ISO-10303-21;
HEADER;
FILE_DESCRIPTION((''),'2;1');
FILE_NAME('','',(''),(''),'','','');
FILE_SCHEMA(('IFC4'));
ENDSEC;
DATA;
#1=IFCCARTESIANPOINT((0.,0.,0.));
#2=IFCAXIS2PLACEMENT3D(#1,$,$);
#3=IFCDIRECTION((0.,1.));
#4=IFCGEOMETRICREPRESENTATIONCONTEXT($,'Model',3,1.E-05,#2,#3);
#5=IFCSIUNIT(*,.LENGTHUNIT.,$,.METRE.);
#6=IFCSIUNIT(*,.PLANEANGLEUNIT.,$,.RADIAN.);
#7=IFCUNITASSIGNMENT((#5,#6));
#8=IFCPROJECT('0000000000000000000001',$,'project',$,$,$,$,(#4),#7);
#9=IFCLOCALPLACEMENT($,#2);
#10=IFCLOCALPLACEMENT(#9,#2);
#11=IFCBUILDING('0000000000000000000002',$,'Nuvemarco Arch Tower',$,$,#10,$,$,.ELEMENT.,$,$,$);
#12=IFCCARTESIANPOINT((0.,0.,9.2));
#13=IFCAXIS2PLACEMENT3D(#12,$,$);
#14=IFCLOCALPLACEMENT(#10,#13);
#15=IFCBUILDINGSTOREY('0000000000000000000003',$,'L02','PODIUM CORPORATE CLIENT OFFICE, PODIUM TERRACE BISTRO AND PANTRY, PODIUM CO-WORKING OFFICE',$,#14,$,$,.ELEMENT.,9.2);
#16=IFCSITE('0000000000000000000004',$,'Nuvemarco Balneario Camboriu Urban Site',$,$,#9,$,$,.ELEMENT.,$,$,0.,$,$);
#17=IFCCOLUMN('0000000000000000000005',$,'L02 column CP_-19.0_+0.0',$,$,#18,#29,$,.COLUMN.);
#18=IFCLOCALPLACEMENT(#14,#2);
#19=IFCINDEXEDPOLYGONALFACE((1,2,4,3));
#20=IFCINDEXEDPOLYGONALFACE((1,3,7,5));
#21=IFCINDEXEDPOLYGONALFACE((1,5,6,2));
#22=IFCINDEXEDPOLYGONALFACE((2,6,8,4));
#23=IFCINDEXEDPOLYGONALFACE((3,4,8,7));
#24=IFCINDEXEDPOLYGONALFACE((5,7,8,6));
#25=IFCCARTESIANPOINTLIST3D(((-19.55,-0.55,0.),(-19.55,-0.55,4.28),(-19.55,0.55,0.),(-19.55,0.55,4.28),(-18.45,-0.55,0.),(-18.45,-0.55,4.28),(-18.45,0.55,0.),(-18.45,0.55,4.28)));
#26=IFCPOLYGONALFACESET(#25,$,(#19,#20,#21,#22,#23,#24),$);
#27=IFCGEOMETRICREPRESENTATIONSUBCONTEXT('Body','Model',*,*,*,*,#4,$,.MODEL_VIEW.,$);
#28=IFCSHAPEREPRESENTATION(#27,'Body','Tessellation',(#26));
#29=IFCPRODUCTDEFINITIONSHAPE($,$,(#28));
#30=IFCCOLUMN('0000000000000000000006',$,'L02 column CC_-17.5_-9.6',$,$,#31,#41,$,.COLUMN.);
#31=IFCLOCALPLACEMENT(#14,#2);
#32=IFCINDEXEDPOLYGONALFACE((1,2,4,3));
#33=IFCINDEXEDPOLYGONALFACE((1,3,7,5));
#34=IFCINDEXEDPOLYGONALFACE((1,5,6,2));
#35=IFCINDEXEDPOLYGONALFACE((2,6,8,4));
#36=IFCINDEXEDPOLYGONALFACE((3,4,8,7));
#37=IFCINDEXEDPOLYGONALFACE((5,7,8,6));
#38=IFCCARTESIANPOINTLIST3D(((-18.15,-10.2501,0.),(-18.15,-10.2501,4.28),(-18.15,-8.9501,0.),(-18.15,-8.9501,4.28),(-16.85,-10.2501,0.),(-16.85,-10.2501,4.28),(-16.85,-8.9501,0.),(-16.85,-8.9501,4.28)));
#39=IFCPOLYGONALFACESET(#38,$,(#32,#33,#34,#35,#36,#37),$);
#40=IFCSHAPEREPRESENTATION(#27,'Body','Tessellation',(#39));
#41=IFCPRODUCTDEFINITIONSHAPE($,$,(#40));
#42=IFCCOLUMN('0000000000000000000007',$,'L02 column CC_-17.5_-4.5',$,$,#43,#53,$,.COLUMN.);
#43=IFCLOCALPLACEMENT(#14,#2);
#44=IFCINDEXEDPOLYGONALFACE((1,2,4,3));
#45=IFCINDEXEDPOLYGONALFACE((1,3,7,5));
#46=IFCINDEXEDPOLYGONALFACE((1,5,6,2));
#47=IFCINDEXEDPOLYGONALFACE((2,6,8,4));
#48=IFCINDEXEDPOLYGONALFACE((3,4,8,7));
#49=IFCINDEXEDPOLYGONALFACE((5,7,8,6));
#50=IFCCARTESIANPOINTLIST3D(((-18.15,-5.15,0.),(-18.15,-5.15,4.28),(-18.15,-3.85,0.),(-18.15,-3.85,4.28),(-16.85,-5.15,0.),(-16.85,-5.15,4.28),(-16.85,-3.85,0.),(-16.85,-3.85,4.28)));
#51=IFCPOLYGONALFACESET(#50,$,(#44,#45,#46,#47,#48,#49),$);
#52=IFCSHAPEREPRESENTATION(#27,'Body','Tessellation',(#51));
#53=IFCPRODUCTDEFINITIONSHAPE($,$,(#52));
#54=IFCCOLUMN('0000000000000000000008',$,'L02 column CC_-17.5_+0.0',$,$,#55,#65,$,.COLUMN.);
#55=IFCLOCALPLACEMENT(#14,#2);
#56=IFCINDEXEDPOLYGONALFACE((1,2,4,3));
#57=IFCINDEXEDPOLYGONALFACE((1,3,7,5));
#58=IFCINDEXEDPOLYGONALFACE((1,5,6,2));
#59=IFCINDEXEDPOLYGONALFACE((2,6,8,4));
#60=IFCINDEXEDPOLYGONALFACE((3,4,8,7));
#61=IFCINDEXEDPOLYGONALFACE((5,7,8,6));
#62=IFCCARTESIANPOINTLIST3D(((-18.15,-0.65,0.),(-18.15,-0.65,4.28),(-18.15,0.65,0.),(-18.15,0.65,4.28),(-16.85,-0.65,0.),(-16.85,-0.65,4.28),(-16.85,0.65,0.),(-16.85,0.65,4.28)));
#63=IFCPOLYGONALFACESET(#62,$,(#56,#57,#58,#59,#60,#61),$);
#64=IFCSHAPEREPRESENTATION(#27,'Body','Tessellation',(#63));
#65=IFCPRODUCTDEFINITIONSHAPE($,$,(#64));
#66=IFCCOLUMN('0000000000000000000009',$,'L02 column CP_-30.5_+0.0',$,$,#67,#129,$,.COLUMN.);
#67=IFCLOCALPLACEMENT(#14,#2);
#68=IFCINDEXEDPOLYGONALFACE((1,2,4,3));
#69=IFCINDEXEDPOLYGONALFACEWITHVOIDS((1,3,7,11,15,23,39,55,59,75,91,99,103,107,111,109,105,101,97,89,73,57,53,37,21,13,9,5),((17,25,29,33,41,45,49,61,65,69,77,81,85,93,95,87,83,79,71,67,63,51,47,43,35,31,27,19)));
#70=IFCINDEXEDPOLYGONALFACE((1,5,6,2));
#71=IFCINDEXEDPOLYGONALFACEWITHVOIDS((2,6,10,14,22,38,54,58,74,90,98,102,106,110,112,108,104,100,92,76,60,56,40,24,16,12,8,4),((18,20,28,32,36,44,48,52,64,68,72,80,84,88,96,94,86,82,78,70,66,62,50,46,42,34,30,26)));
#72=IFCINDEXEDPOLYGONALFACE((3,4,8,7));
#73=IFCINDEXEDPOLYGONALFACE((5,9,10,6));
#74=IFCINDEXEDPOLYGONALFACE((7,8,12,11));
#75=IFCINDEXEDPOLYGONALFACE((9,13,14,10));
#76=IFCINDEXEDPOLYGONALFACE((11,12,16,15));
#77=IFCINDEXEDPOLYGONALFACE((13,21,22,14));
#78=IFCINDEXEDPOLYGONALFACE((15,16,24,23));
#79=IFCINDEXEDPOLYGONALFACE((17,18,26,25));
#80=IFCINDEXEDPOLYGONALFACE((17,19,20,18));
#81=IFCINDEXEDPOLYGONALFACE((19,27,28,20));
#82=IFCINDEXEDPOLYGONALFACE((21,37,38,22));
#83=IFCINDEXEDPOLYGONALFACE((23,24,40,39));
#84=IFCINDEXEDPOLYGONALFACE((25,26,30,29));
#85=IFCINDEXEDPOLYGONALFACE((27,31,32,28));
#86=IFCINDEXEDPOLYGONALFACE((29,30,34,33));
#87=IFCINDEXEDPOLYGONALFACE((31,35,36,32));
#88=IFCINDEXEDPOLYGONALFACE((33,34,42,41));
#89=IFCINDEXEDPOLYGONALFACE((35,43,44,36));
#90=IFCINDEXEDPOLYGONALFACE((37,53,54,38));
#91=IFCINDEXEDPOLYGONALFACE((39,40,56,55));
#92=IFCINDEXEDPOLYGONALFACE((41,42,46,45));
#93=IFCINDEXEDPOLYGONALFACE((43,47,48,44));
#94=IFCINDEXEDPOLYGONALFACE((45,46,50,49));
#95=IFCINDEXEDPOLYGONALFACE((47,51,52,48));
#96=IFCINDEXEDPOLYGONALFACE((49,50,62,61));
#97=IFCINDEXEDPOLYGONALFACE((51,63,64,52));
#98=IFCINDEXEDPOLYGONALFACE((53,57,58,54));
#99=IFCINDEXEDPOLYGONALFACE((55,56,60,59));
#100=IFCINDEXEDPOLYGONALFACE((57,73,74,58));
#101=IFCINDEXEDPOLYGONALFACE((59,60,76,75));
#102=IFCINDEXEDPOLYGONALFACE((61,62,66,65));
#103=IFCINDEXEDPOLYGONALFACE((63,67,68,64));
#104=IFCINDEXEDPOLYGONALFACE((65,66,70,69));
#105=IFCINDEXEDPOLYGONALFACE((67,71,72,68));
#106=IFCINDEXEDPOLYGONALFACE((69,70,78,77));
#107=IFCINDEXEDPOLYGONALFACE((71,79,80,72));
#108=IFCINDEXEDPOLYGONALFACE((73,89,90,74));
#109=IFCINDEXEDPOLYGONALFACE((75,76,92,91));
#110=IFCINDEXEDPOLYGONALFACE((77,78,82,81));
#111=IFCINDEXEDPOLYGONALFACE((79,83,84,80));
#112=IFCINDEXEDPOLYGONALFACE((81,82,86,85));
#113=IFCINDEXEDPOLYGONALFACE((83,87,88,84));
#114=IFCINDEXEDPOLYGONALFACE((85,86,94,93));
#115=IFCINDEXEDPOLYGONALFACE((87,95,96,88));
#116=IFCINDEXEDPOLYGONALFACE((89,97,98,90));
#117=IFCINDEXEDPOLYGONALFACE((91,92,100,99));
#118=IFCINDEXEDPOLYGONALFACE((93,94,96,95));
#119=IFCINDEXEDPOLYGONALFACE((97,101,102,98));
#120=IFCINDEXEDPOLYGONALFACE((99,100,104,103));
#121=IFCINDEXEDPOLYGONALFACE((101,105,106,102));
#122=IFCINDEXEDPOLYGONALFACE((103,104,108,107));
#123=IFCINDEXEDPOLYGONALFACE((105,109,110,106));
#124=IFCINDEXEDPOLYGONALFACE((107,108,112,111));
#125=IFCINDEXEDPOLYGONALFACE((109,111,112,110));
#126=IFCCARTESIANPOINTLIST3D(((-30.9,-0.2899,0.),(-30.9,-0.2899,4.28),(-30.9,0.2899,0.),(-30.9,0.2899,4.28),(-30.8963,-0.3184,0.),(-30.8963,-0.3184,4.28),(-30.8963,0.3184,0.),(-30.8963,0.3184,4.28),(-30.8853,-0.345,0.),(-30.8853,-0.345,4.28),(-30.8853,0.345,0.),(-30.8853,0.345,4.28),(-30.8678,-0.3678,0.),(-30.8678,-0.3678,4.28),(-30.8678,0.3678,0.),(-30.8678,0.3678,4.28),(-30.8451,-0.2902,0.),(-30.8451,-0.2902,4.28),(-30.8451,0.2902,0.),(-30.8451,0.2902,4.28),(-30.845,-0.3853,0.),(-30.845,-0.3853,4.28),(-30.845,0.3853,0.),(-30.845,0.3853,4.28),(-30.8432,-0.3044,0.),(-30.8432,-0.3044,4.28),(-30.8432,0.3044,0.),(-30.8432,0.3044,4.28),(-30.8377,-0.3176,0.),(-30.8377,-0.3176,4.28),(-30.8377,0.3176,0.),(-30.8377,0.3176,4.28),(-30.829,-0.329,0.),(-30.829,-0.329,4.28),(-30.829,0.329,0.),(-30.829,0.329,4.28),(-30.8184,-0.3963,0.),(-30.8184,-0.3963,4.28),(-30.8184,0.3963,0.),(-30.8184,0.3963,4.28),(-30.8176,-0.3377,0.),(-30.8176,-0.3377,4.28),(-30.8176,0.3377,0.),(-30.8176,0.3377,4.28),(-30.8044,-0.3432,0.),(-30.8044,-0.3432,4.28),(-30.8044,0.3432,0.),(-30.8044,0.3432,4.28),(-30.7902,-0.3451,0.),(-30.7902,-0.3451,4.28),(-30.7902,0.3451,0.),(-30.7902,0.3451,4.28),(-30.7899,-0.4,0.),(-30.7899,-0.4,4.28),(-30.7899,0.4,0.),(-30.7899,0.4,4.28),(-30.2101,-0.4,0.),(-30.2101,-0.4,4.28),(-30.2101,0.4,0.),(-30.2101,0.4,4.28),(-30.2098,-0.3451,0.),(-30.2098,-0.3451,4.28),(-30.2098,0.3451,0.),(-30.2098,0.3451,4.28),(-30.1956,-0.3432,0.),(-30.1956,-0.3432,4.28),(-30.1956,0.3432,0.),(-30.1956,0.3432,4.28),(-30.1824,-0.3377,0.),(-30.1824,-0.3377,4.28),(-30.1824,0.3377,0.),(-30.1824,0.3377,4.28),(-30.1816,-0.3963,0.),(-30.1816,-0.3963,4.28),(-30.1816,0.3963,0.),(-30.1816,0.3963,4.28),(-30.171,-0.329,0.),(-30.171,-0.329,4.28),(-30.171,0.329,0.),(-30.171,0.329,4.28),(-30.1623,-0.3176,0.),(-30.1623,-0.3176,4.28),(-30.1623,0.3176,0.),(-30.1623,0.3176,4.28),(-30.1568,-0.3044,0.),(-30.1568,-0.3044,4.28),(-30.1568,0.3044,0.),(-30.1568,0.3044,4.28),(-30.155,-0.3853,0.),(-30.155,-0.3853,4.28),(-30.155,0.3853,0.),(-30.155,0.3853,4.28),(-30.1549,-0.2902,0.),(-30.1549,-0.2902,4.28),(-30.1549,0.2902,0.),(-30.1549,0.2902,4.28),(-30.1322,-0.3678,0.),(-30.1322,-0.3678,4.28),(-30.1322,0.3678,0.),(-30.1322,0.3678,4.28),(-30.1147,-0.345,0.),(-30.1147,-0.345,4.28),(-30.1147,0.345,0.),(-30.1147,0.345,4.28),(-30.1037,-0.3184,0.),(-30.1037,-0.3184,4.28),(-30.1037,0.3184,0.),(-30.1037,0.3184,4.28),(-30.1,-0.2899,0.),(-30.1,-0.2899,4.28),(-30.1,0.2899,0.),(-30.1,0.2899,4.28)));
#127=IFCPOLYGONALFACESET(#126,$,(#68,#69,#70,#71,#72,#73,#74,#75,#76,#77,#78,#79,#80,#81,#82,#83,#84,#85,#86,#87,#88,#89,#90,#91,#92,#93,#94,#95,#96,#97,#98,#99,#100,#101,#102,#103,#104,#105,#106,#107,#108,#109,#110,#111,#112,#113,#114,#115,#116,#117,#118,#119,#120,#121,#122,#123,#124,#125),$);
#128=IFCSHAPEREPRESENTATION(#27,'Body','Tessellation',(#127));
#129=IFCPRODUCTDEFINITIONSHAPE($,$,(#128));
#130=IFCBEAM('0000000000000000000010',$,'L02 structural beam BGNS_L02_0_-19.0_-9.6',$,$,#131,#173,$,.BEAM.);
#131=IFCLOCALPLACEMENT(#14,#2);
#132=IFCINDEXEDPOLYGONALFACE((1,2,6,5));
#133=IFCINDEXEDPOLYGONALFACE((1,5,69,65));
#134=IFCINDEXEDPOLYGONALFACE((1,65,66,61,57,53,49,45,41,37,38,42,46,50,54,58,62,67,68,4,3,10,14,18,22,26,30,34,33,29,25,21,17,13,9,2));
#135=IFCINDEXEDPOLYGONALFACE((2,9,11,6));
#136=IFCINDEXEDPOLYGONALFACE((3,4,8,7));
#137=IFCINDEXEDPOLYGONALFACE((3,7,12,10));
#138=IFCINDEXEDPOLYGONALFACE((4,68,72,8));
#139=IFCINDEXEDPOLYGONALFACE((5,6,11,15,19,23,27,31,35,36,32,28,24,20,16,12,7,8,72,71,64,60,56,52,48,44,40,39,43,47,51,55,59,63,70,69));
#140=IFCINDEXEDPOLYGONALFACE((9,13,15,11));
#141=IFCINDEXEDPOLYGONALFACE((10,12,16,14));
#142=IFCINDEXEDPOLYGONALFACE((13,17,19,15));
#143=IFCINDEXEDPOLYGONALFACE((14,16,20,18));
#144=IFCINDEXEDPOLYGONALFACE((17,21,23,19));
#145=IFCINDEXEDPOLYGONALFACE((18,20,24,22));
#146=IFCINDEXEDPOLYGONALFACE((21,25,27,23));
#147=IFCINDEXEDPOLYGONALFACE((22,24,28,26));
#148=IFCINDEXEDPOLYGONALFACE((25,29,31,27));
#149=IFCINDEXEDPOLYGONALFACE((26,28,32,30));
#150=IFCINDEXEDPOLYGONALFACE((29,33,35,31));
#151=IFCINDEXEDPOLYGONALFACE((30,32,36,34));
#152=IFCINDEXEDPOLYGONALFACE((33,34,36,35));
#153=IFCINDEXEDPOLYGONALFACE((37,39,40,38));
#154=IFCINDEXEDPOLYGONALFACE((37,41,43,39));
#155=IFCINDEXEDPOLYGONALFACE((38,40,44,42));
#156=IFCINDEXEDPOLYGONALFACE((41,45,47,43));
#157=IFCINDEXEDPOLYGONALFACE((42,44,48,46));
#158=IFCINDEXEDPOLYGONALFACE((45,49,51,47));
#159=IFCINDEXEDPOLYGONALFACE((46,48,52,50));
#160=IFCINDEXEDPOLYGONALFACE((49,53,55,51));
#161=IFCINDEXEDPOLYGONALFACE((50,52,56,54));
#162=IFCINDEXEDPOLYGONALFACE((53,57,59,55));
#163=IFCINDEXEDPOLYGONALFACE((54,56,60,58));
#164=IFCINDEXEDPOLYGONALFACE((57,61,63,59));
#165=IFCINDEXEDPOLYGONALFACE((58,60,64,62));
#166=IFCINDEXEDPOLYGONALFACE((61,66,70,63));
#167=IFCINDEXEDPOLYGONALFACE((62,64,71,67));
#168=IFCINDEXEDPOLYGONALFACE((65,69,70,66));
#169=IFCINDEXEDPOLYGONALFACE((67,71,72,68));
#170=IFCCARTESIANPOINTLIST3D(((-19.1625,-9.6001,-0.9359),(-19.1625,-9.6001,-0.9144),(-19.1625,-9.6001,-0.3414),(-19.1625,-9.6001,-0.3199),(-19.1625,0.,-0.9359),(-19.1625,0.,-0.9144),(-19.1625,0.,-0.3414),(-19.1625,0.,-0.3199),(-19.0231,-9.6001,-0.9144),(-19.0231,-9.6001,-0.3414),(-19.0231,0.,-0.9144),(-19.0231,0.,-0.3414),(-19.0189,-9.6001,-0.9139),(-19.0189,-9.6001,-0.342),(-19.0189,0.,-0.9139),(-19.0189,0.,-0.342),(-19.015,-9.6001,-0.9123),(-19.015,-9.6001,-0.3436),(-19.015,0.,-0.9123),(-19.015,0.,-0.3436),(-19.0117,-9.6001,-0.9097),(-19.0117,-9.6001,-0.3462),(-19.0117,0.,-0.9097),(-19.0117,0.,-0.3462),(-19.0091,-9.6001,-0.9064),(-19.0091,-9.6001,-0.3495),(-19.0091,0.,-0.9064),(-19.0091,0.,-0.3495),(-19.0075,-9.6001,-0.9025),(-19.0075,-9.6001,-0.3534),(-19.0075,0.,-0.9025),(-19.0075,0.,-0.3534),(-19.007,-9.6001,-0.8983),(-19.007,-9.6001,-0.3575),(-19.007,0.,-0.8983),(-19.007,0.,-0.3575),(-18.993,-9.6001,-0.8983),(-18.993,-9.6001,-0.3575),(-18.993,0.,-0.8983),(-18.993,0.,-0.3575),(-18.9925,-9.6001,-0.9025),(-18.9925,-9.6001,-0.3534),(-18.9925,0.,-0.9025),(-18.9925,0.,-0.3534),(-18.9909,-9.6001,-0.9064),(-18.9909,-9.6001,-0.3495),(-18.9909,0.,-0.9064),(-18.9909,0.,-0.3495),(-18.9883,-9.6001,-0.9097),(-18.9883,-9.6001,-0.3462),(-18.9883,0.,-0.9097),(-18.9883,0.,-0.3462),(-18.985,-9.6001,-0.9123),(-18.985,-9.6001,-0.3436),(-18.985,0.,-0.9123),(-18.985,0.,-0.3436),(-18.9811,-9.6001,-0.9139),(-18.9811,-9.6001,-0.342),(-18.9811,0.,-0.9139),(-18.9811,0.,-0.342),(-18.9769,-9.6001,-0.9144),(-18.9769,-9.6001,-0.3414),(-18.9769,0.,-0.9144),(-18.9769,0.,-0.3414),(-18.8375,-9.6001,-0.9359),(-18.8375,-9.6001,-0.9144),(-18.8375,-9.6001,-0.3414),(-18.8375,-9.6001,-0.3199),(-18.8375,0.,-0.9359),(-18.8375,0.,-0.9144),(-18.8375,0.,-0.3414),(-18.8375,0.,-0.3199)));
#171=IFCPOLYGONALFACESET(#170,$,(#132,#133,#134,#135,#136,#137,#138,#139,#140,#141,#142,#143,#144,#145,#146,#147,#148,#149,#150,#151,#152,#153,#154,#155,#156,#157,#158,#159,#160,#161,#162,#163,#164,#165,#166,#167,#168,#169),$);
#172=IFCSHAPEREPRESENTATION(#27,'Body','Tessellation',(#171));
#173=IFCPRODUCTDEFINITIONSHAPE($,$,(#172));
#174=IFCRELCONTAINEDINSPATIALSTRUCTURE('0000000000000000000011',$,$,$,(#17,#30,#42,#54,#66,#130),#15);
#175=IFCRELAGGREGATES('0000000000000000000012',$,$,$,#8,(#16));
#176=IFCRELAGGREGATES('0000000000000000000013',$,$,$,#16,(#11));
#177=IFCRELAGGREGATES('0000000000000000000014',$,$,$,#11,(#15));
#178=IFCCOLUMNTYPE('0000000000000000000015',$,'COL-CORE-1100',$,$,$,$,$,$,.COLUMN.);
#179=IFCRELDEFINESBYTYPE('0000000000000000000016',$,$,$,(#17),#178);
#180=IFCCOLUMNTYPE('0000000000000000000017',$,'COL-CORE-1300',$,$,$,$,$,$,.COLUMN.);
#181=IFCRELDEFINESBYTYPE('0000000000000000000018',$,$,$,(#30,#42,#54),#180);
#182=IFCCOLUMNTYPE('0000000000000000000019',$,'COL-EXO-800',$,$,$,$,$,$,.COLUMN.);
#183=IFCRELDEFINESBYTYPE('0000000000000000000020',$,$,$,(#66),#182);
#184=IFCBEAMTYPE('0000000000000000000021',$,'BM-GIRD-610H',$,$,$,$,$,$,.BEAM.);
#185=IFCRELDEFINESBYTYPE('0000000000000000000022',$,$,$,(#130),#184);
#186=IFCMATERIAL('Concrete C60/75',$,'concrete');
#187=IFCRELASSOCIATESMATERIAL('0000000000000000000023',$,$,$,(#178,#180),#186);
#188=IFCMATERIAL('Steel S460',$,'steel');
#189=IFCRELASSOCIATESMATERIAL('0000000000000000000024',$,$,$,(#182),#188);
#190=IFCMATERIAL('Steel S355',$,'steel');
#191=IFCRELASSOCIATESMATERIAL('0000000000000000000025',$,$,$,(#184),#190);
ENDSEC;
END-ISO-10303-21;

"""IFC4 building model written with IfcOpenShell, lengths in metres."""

from ifc_helpers import new_model, si_unit, direction, frame, origin, origin_2d, place, context, subcontext, project, spatial, rectangle, hollow_rectangle, i_section, extrude, material, material_profile, profile_set, type_object, element, save


model = new_model("IFC4")

# Units and contexts
model_context = context("Model", 3, precision=1e-05, world=origin(), true_north=direction((0.0, 1.0)))
body_context = subcontext(model_context, "Body", "Model", "MODEL_VIEW")
ifc_project = project(units=[si_unit("LENGTHUNIT", "METRE"), si_unit("PLANEANGLEUNIT", "RADIAN")], contexts=[model_context])

# Site, building, storey
site_placement = place(None, origin())
site = spatial("IfcSite", under=ifc_project, at=site_placement, Name="Nuvemarco Balneario Camboriu Urban Site", CompositionType="ELEMENT", RefElevation=0.0)
building_placement = place(site_placement, origin())
building = spatial("IfcBuilding", under=site, at=building_placement, Name="Nuvemarco Arch Tower", CompositionType="ELEMENT")
storey_placement = place(building_placement, frame((0.0, 0.0, 9.2)))
storey = spatial("IfcBuildingStorey", under=building, at=storey_placement, Name="L02", Description="PODIUM CORPORATE CLIENT OFFICE, PODIUM TERRACE BISTRO AND PANTRY, PODIUM CO-WORKING OFFICE", CompositionType="ELEMENT", Elevation=9.2)

# Columns
ifc_material_1 = material(Name="Concrete C60/75", Category="concrete")
ifc_material_profile_1 = material_profile(ifc_material_1, rectangle(XDim=1.1001, YDim=1.1001, at=origin_2d()), Name="RC-COL-1100x1100")
ifc_profile_set_1 = profile_set([ifc_material_profile_1], Name="Concrete C60/75")
column_type_1 = type_object("IfcColumnType", Name="COL-CORE-1100", PredefinedType="COLUMN", material=ifc_profile_set_1)
column_1_placement = place(storey_placement, frame((-19.0, 0.0, 0.0), z_axis=(0.0, 0.0, 1.0), x_axis=(1.0, 0.0, 0.0)))
element("IfcColumn", 1, at=column_1_placement, inside=storey, type_object=column_type_1, Name="L02 column CP_-19.0_+0.0", PredefinedType="COLUMN", context=body_context, shape_type="SweptSolid", body=[
    extrude(rectangle(XDim=1.1001, YDim=1.1001, at=origin_2d()), origin(), (0.0, 0.0, 1.0), 4.28),
])
ifc_material_profile_2 = material_profile(ifc_material_1, rectangle(XDim=1.3, YDim=1.3, at=origin_2d()), Name="RC-COL-1300x1300")
ifc_profile_set_2 = profile_set([ifc_material_profile_2], Name="Concrete C60/75")
column_type_2 = type_object("IfcColumnType", Name="COL-CORE-1300", PredefinedType="COLUMN", material=ifc_profile_set_2)
for number, where, z_axis, x_axis, name in (
    (2, (-17.5, -9.6001, 0.0), (0.0, 0.0, 1.0), (1.0, 0.0, 0.0), "L02 column CC_-17.5_-9.6"),
    (3, (-17.5, -4.5, 0.0), (0.0, 0.0, 1.0), (1.0, 0.0, 0.0), "L02 column CC_-17.5_-4.5"),
    (4, (-17.5, 0.0, 0.0), (0.0, 0.0, 1.0), (1.0, 0.0, 0.0), "L02 column CC_-17.5_+0.0"),
):
    element("IfcColumn", number, at=place(storey_placement, frame(where, z_axis=z_axis, x_axis=x_axis)), inside=storey, type_object=column_type_2, Name=name, PredefinedType="COLUMN", context=body_context, shape_type="SweptSolid", body=[
        extrude(rectangle(XDim=1.3, YDim=1.3, at=origin_2d()), origin(), (0.0, 0.0, 1.0), 4.28),
    ])
ifc_material_2 = material(Name="Steel S460", Category="steel")
ifc_material_profile_3 = material_profile(ifc_material_2, hollow_rectangle(XDim=0.8, YDim=0.8, WallThickness=0.0549, InnerFilletRadius=0.0549, OuterFilletRadius=0.1101, at=origin_2d()), Name="SHS800x800x55")
ifc_profile_set_3 = profile_set([ifc_material_profile_3], Name="Steel S460")
column_type_3 = type_object("IfcColumnType", Name="COL-EXO-800", PredefinedType="COLUMN", material=ifc_profile_set_3)
column_2_placement = place(storey_placement, frame((-30.5, 0.0, 0.0), z_axis=(0.0, 0.0, 1.0), x_axis=(1.0, 0.0, 0.0)))
element("IfcColumn", 5, at=column_2_placement, inside=storey, type_object=column_type_3, Name="L02 column CP_-30.5_+0.0", PredefinedType="COLUMN", context=body_context, shape_type="SweptSolid", body=[
    extrude(hollow_rectangle(XDim=0.8, YDim=0.8, WallThickness=0.0549, InnerFilletRadius=0.0549, OuterFilletRadius=0.1101, at=origin_2d()), origin(), (0.0, 0.0, 1.0), 4.28),
])

# Beam
ifc_material_3 = material(Name="Steel S355", Category="steel")
ifc_material_profile_4 = material_profile(ifc_material_3, i_section(OverallWidth=0.325, OverallDepth=0.616, WebThickness=0.0139, FlangeThickness=0.0215, FilletRadius=0.0161, at=origin_2d()), Name="W610x174")
ifc_profile_set_4 = profile_set([ifc_material_profile_4], Name="Steel S355")
beam_type_1 = type_object("IfcBeamType", Name="BM-GIRD-610H", PredefinedType="BEAM", material=ifc_profile_set_4)
for number, where, z_axis, x_axis, name in (
    (6, (-19.0, -9.6001, -0.6279), (0.0, 1.0, 0.0), (-1.0, 0.0, 0.0), "L02 structural beam BGNS_L02_0_-19.0_-9.6"),
):
    element("IfcBeam", number, at=place(storey_placement, frame(where, z_axis=z_axis, x_axis=x_axis)), inside=storey, type_object=beam_type_1, Name=name, PredefinedType="BEAM", context=body_context, shape_type="SweptSolid", body=[
        extrude(i_section(OverallWidth=0.325, OverallDepth=0.616, WebThickness=0.0139, FlangeThickness=0.0215, FilletRadius=0.0161, at=origin_2d()), origin(), (0.0, 0.0, 1.0), 9.6001),
    ])

save(model, "model.ifc")
